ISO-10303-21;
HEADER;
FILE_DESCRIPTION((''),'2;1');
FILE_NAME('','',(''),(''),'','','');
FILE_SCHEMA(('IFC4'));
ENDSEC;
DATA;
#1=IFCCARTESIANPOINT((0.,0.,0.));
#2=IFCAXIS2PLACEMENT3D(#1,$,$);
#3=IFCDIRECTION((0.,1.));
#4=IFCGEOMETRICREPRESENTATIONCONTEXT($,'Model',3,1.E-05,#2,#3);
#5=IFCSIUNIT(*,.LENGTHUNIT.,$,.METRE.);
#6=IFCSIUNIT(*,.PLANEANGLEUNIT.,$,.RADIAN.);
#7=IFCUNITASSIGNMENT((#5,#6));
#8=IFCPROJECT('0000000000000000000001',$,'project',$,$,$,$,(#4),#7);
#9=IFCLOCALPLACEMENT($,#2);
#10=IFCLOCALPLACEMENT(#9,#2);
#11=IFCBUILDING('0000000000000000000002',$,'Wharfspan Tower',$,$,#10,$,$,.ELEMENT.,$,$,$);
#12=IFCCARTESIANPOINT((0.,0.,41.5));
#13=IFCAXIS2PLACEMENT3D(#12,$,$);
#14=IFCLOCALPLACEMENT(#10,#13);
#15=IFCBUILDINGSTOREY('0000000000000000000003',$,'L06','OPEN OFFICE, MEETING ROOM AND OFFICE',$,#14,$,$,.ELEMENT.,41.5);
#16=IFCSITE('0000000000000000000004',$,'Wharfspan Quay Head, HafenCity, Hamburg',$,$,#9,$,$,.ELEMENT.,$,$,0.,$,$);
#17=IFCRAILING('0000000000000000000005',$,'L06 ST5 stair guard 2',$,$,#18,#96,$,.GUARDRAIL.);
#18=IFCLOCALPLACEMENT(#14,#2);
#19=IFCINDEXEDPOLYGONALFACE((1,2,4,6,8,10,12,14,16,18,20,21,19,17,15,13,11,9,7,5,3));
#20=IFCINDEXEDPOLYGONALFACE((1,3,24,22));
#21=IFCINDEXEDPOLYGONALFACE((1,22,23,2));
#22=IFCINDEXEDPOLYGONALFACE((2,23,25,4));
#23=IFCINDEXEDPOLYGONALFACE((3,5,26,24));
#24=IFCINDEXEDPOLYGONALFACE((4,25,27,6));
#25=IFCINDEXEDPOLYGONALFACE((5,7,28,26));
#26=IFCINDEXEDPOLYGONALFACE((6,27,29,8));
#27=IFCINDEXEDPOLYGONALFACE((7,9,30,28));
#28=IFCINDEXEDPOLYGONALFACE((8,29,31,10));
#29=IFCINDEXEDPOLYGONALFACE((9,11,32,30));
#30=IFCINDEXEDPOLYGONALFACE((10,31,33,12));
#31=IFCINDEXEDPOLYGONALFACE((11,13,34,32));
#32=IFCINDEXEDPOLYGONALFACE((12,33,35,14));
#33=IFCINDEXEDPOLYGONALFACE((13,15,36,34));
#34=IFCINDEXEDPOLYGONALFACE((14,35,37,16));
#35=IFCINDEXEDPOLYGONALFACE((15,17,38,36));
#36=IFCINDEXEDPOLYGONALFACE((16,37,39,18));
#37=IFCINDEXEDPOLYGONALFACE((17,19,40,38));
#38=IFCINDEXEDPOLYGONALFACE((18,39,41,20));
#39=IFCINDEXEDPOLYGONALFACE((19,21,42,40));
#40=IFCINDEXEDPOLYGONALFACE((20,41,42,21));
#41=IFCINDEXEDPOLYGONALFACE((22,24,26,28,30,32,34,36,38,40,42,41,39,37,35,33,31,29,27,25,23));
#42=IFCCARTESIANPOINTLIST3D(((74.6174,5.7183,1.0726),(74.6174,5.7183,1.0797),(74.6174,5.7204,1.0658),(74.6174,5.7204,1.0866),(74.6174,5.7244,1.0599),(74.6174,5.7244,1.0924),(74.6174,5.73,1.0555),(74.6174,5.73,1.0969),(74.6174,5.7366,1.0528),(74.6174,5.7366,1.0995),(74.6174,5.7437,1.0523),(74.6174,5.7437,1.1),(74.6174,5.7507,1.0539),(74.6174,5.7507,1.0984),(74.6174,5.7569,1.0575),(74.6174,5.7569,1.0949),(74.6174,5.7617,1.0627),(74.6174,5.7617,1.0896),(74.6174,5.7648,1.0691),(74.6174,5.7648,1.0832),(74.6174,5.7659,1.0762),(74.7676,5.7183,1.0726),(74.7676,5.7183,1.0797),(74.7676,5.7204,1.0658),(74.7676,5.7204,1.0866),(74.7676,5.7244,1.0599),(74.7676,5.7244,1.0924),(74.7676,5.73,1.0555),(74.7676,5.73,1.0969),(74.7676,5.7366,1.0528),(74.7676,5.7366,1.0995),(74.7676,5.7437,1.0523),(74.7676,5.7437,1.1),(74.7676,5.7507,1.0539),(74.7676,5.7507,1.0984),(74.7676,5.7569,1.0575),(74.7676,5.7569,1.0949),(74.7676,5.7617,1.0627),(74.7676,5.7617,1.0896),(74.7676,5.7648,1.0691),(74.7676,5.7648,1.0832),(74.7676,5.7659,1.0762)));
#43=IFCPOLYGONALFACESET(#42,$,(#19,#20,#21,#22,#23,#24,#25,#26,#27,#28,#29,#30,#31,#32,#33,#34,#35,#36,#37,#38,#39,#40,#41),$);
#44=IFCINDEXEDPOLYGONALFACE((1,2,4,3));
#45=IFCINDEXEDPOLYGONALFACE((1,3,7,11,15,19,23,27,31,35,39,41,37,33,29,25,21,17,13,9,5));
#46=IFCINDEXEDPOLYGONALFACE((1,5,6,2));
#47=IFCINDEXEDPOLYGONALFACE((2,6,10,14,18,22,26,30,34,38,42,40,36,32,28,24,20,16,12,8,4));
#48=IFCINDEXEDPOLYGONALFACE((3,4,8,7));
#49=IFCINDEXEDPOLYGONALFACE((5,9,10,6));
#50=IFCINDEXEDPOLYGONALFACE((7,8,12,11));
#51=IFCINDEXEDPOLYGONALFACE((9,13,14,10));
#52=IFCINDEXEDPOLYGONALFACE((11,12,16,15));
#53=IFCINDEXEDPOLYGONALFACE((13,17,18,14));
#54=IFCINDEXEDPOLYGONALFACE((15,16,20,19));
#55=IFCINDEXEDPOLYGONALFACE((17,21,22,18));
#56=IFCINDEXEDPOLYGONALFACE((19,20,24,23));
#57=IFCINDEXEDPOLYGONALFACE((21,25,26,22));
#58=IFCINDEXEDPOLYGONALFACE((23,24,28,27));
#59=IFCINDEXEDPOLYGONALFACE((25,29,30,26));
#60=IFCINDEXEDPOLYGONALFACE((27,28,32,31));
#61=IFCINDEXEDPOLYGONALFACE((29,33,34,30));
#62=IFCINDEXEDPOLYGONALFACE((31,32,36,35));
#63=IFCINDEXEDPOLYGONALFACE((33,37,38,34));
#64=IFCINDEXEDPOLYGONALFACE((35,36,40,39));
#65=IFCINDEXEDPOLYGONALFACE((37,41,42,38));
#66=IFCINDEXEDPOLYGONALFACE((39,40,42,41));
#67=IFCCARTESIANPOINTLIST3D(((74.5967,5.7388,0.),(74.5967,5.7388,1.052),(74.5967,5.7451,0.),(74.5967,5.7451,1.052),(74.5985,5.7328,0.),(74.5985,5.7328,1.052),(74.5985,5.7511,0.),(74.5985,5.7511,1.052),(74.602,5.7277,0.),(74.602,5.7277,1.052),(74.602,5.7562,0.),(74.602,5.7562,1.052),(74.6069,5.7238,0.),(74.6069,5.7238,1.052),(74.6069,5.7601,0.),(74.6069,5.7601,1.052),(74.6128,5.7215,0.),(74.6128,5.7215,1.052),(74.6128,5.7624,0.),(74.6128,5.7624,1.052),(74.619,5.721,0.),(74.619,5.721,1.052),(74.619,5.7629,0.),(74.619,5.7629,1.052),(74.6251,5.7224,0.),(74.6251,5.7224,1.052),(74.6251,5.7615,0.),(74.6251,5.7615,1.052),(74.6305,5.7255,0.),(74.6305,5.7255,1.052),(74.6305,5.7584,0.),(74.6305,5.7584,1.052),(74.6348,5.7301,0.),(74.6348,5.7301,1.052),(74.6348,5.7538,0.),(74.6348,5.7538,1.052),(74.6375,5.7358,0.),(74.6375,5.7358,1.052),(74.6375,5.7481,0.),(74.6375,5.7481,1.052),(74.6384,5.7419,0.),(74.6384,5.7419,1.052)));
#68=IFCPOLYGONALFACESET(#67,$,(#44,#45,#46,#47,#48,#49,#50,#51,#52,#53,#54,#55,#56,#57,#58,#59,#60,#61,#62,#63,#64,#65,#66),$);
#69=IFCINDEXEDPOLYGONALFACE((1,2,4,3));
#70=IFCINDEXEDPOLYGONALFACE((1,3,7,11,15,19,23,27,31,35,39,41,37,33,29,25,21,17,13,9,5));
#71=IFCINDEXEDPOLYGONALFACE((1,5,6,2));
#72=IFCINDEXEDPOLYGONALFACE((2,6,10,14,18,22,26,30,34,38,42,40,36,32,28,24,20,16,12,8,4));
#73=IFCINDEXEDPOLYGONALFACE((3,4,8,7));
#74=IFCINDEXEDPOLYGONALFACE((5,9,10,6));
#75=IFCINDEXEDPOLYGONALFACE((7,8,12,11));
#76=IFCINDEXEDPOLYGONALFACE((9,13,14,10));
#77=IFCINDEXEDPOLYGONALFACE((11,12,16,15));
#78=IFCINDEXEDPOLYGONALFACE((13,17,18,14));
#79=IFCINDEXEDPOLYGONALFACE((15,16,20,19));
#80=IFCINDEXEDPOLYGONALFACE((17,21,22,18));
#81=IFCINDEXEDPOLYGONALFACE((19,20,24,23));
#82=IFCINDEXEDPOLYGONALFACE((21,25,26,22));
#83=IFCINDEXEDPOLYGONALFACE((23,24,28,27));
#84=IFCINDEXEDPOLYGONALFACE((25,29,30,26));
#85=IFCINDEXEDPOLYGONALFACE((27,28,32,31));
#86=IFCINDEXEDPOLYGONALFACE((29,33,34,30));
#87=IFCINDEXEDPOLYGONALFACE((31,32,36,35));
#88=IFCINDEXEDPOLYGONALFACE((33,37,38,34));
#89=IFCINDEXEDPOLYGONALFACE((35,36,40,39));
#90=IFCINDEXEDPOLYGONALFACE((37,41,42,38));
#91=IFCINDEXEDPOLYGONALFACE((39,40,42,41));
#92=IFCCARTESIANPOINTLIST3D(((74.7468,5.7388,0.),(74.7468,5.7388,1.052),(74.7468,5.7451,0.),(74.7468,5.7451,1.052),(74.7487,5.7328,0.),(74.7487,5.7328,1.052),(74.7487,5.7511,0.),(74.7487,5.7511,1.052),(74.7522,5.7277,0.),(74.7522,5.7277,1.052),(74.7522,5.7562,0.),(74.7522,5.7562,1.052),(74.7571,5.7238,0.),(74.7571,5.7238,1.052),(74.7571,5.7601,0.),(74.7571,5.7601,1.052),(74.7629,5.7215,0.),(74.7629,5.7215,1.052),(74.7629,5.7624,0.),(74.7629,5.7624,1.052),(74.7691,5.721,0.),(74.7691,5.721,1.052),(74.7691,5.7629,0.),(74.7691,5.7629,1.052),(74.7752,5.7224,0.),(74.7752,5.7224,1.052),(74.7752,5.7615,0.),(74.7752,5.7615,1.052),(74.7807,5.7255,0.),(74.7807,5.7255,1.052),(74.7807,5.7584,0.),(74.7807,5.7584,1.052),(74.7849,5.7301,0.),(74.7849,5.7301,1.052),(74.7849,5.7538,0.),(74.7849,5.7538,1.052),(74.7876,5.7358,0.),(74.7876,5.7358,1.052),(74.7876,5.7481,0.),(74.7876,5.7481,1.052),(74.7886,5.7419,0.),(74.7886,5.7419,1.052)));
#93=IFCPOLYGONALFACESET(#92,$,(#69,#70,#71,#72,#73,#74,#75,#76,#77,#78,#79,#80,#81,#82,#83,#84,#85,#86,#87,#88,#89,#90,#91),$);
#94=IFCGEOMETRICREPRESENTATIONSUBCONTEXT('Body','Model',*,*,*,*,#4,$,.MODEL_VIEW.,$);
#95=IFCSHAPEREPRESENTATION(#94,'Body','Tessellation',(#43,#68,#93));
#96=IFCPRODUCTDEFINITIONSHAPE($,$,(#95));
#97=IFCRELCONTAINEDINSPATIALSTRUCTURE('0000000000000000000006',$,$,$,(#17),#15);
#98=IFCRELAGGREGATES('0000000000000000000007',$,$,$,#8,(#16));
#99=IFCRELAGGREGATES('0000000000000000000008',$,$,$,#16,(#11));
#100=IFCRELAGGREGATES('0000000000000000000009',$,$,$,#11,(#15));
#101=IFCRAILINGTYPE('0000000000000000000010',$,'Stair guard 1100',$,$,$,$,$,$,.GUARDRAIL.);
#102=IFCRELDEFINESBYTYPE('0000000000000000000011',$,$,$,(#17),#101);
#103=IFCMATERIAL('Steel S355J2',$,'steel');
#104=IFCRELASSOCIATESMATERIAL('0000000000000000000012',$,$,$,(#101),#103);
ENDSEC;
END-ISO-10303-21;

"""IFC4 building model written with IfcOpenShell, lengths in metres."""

from ifc_helpers import new_model, si_unit, direction, frame, origin, origin_2d, place, context, subcontext, project, spatial, circle, extrude, material, type_object, element, save


model = new_model("IFC4")

# Units and contexts
model_context = context("Model", 3, precision=1e-05, world=origin(), true_north=direction((0.0, 1.0)))
body_context = subcontext(model_context, "Body", "Model", "MODEL_VIEW")
ifc_project = project(units=[si_unit("LENGTHUNIT", "METRE"), si_unit("PLANEANGLEUNIT", "RADIAN")], contexts=[model_context])

# Site, building, storey
site_placement = place(None, origin())
site = spatial("IfcSite", under=ifc_project, at=site_placement, Name="Wharfspan Quay Head, HafenCity, Hamburg", CompositionType="ELEMENT", RefElevation=0.0)
building_placement = place(site_placement, origin())
building = spatial("IfcBuilding", under=site, at=building_placement, Name="Wharfspan Tower", CompositionType="ELEMENT")
storey_placement = place(building_placement, frame((0.0, 0.0, 41.5)))
storey = spatial("IfcBuildingStorey", under=building, at=storey_placement, Name="L06", Description="OPEN OFFICE, MEETING ROOM AND OFFICE", CompositionType="ELEMENT", Elevation=41.5)

# Shared definitions
ifc_material_1 = material(Name="Steel S355J2", Category="steel")

# Railing
railing_type_1 = type_object("IfcRailingType", Name="Stair guard 1100", PredefinedType="GUARDRAIL", material=ifc_material_1)
railing_1_placement = place(storey_placement, frame((74.6174, 5.7419, 0.0)))
element("IfcRailing", 1, at=railing_1_placement, inside=storey, type_object=railing_type_1, Name="L06 ST5 stair guard 2", PredefinedType="GUARDRAIL", context=body_context, shape_type="SweptSolid", body=[
    extrude(circle(Radius=0.0239, at=origin_2d()), frame((0.0, 0.0, 1.0762), z_axis=(1.0, 0.0, 0.0), x_axis=(0.0, 1.0, 0.0)), (0.0, 0.0, 1.0), 0.1501),
    extrude(circle(Radius=0.021, at=origin_2d()), origin(), (0.0, 0.0, 1.0), 1.052),
    extrude(circle(Radius=0.021, at=origin_2d()), frame((0.1501, 0.0, 0.0)), (0.0, 0.0, 1.0), 1.052),
])

save(model, "model.ifc")
